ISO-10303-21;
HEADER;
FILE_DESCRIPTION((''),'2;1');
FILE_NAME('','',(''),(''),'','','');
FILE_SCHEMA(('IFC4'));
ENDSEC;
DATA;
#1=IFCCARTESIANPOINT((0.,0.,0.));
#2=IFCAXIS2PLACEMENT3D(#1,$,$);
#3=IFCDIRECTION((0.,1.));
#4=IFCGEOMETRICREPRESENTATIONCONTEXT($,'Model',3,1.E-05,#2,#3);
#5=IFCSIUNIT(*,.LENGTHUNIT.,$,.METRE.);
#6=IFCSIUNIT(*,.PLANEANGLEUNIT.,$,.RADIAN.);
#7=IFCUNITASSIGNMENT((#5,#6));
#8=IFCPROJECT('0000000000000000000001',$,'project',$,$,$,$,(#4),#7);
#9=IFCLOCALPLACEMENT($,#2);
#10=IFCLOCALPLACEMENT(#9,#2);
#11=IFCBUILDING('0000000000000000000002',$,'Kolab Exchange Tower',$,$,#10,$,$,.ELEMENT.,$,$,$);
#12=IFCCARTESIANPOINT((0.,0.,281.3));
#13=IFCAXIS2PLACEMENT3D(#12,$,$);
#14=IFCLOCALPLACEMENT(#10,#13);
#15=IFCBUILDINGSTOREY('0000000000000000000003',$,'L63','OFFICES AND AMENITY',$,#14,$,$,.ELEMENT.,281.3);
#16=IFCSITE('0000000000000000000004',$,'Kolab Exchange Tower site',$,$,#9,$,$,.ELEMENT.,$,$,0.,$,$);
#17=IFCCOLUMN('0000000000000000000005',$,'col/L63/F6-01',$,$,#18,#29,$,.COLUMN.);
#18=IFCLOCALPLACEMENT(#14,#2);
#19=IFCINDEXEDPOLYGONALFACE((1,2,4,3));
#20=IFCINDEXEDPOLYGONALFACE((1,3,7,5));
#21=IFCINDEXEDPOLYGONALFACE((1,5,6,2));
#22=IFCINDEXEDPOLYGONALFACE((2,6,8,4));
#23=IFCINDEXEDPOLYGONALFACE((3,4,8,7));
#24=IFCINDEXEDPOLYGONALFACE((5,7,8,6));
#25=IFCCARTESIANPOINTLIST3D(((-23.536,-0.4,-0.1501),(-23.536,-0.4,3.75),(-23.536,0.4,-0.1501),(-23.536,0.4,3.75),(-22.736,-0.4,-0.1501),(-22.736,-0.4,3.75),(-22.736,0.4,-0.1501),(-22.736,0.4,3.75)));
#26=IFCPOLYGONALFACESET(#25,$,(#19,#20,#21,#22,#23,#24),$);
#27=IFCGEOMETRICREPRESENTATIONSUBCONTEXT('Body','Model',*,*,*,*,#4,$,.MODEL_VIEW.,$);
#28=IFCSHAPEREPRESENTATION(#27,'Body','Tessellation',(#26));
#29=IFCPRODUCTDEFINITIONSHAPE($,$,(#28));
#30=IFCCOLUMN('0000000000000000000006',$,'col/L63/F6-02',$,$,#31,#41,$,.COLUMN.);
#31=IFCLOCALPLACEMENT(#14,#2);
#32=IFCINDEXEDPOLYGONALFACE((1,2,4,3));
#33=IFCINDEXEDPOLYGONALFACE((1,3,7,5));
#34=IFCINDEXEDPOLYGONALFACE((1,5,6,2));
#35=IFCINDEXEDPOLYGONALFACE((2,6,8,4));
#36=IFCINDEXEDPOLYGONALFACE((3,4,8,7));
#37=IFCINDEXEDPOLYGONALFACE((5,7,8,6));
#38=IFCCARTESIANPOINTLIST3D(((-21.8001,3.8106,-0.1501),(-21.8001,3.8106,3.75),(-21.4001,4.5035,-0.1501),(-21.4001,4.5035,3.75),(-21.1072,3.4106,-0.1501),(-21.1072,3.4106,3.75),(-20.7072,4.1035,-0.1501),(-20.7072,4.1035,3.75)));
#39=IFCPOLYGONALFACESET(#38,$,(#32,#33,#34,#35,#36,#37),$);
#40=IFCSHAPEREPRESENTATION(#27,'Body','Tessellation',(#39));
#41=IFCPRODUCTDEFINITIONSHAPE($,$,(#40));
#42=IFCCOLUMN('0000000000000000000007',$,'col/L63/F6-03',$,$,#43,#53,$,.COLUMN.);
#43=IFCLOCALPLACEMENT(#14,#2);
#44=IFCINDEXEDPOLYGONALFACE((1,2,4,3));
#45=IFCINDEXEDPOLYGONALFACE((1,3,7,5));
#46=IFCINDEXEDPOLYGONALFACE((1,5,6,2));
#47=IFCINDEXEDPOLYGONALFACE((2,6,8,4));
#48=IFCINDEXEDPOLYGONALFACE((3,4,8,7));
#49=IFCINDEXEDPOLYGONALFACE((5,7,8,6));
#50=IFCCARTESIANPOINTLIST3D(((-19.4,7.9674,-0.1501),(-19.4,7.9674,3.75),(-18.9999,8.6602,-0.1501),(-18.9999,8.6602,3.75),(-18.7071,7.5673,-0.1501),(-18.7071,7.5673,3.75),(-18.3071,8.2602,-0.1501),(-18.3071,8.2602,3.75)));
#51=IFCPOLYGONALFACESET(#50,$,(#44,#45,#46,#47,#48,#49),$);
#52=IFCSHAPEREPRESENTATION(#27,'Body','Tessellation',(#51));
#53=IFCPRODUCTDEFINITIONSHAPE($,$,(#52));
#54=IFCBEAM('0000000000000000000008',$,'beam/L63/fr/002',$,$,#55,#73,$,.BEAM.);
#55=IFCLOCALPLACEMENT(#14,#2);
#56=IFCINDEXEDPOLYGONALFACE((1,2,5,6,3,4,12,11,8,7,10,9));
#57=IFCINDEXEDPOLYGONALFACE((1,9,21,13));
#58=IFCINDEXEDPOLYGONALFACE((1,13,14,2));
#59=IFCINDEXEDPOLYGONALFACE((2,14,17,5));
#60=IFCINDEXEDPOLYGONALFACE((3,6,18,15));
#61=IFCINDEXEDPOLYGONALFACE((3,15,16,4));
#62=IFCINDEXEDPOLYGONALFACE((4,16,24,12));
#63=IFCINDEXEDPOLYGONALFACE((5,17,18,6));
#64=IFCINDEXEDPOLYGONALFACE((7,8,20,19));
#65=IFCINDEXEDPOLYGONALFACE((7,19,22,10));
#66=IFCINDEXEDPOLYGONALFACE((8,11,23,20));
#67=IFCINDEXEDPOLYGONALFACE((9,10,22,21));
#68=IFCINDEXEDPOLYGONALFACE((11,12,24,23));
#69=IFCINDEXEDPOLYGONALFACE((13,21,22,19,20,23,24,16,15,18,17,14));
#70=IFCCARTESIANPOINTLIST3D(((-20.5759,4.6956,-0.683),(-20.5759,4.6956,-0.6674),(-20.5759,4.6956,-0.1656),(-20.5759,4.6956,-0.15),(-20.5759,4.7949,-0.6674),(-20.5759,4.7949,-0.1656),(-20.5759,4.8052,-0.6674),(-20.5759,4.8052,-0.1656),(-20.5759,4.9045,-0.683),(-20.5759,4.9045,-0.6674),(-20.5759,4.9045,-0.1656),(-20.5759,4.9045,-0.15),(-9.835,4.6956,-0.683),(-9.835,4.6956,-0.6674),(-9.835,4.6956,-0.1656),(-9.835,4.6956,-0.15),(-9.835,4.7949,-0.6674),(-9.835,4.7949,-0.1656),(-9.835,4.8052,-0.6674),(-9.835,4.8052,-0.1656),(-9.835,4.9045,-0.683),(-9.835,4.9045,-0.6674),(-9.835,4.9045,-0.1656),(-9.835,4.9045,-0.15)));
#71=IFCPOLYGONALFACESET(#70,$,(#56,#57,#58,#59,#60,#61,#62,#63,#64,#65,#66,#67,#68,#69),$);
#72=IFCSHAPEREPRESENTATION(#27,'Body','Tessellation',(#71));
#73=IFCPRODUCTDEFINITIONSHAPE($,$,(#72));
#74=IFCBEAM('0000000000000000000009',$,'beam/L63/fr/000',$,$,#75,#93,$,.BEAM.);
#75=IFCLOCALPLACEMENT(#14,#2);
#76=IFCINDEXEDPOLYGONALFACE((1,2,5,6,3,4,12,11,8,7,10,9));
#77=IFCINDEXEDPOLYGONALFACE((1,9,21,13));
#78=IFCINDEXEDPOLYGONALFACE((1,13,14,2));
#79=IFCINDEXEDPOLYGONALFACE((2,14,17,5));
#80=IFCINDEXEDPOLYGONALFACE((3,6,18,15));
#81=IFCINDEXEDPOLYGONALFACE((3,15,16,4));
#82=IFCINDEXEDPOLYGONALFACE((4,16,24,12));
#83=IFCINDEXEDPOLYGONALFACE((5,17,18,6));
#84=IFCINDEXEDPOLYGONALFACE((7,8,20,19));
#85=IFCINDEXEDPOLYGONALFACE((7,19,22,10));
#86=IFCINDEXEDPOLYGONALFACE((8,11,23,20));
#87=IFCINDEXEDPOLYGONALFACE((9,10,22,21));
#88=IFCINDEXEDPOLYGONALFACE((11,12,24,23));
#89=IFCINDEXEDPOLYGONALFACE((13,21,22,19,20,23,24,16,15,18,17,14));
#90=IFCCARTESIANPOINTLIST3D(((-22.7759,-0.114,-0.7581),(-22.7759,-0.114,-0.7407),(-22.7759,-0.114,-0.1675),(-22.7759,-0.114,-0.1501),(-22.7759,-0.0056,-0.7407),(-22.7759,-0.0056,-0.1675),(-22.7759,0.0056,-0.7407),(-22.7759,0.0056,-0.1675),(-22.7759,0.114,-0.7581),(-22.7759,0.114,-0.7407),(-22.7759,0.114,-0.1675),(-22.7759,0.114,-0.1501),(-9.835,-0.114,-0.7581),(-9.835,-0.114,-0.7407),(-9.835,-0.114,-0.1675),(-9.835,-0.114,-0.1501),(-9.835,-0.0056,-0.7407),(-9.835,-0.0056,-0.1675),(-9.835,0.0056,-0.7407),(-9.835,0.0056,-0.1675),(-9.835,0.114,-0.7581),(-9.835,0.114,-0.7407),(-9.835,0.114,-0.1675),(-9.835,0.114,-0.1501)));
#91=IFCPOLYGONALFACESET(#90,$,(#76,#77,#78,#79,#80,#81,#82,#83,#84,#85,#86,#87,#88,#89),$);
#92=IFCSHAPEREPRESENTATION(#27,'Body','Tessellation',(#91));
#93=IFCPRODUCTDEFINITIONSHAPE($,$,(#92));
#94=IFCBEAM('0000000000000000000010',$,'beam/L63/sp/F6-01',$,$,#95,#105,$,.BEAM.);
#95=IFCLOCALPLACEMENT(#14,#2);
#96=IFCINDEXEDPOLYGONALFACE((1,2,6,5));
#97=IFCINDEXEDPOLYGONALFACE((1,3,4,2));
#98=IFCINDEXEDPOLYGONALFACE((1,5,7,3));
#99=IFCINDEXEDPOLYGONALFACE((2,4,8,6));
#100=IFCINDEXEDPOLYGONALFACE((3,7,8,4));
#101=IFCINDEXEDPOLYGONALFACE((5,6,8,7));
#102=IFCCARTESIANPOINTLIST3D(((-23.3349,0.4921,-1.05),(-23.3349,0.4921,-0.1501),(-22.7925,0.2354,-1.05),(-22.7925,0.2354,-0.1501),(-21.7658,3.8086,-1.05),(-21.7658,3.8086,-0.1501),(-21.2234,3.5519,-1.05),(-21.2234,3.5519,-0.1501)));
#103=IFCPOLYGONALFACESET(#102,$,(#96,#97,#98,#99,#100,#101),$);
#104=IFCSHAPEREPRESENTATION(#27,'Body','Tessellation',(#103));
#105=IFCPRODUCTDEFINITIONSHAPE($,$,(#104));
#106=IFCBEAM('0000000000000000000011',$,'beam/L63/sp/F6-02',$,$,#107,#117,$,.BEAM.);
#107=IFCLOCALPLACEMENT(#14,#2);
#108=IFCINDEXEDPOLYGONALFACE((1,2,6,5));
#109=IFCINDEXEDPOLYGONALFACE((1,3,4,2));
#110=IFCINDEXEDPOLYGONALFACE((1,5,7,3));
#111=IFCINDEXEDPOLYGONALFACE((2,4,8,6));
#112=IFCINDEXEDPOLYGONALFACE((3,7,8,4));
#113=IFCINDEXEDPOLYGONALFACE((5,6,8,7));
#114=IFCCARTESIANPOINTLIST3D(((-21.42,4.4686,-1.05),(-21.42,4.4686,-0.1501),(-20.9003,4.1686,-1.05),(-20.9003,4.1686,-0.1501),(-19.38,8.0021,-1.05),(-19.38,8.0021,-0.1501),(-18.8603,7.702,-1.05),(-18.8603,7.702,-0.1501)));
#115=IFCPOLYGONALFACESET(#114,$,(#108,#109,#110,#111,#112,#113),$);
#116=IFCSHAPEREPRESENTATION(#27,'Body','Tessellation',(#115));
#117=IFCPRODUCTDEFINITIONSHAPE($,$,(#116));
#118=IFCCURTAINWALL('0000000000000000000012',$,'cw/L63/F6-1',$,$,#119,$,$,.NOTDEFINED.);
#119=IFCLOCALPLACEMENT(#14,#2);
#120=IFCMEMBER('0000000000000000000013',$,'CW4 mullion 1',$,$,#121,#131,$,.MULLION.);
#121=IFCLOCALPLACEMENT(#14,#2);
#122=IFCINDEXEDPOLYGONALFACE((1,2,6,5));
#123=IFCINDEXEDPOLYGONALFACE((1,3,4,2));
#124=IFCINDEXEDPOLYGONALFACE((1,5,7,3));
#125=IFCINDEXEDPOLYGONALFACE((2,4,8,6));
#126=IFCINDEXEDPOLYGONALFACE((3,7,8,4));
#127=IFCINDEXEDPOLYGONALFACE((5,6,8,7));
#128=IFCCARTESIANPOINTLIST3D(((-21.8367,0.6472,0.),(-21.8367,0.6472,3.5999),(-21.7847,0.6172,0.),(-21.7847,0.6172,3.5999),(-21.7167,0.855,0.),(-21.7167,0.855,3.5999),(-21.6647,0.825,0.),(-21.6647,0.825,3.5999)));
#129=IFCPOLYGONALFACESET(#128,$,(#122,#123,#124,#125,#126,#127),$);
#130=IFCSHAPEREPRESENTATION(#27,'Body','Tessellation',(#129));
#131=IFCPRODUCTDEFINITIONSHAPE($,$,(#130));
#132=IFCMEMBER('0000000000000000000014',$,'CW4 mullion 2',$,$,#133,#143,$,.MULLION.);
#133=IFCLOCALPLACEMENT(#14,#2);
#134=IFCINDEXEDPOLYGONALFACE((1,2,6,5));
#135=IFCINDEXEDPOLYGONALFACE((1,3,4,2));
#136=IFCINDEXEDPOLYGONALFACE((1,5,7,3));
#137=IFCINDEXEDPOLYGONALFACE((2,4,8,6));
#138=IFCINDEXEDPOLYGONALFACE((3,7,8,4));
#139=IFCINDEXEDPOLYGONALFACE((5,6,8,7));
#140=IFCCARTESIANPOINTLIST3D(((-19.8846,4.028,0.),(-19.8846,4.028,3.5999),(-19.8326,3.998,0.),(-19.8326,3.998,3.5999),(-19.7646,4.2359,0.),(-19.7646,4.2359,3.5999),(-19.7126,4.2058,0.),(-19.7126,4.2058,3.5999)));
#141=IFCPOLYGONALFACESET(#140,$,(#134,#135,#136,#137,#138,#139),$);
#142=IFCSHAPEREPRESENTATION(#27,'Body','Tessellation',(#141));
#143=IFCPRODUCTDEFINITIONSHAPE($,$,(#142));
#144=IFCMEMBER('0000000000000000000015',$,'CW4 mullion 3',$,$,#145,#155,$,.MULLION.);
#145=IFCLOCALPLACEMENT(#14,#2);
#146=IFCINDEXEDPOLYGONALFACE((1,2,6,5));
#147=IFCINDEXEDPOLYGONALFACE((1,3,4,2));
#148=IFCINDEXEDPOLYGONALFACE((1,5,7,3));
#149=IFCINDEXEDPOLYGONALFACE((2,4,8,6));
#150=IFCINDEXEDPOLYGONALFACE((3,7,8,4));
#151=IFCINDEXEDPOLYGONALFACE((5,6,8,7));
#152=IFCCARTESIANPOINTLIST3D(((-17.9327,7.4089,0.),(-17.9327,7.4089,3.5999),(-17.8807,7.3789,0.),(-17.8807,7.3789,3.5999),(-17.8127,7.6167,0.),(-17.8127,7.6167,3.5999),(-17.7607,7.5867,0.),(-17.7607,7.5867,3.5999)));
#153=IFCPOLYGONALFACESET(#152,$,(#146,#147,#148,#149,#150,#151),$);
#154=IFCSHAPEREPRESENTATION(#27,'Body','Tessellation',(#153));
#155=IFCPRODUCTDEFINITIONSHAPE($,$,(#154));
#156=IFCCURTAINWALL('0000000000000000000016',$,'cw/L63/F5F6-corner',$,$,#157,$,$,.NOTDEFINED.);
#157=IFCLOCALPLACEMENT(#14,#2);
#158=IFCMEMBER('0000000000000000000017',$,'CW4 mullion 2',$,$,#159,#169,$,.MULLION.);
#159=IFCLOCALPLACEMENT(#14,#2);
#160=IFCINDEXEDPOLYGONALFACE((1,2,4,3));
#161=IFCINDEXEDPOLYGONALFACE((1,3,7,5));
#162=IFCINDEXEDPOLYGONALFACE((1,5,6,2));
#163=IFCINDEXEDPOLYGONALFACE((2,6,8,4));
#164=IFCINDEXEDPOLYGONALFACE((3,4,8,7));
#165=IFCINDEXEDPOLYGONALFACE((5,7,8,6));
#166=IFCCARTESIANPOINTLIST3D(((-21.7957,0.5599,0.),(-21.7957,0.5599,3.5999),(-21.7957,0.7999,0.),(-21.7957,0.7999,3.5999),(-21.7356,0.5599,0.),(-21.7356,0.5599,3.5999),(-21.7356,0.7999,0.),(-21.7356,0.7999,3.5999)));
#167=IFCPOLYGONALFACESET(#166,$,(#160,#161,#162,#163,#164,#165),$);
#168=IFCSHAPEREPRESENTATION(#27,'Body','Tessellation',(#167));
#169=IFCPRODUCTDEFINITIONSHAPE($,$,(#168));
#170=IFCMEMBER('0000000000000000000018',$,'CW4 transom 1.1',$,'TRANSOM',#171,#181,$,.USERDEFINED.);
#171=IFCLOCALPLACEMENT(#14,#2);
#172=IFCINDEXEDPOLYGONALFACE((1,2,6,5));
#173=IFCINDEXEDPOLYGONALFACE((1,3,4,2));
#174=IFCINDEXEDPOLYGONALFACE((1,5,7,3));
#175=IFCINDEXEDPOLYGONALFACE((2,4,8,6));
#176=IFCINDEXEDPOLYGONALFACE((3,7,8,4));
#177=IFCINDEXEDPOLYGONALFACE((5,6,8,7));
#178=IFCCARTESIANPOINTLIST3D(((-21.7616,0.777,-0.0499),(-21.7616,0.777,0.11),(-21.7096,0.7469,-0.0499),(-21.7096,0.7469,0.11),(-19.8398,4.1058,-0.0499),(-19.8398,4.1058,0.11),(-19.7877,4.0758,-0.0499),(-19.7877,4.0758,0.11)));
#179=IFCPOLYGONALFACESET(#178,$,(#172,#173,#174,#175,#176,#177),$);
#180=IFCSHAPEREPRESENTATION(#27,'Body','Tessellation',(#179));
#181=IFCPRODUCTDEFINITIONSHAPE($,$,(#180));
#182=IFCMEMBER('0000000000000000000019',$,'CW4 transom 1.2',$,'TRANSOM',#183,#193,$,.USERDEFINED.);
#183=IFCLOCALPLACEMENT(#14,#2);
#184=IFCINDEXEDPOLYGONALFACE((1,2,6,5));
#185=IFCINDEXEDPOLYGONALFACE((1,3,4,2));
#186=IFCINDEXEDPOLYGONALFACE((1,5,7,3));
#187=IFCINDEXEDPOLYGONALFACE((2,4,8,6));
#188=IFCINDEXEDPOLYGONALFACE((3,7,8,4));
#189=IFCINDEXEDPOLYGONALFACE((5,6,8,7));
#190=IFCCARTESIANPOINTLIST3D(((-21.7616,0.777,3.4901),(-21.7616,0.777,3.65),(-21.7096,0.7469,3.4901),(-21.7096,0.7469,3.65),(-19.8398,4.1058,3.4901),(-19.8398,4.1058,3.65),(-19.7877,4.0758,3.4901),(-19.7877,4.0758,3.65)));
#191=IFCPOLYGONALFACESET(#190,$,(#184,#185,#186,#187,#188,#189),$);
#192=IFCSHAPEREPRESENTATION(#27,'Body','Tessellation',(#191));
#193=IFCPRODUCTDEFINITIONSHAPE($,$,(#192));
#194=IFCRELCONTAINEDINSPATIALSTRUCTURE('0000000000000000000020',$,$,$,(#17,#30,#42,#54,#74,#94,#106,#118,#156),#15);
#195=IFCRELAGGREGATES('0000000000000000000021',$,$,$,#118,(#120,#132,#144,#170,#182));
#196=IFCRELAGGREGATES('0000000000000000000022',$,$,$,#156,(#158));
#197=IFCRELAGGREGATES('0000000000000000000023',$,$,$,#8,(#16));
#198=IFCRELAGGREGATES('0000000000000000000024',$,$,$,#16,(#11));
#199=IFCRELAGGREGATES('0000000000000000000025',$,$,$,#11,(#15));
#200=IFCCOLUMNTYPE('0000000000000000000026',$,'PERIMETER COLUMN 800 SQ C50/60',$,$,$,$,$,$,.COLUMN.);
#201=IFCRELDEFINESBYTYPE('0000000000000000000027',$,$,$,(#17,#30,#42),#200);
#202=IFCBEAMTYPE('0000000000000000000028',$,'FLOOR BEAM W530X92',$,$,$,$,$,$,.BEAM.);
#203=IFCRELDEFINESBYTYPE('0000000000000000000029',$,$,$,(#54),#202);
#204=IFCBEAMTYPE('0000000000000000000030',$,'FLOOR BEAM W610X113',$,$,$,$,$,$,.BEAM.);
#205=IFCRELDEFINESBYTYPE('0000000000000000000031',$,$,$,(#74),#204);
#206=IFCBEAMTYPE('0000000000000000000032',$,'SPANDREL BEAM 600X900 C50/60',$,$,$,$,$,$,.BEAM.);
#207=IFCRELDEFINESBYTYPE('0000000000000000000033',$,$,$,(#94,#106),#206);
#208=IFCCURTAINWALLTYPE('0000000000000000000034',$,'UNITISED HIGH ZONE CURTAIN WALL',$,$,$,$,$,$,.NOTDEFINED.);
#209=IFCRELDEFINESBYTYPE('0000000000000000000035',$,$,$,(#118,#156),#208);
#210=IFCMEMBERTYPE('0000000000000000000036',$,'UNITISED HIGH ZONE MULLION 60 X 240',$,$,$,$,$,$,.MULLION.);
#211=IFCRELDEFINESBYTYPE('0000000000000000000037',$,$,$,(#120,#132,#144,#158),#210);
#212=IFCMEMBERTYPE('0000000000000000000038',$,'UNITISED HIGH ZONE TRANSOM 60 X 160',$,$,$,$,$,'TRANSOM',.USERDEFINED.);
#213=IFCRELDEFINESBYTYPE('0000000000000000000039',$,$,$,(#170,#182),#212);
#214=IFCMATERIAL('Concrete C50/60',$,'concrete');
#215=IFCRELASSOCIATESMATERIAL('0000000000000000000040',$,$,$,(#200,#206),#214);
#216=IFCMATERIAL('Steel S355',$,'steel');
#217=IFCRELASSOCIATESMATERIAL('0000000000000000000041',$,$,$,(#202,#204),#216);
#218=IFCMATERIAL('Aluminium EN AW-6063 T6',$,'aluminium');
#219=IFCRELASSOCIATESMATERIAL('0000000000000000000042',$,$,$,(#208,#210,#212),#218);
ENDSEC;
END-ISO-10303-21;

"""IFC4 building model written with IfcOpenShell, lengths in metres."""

from ifc_helpers import new_model, si_unit, direction, frame, origin, origin_2d, place, context, subcontext, project, spatial, rectangle, i_section, extrude, material, material_profile, profile_set, type_object, element, aggregate, save


model = new_model("IFC4")

# Units and contexts
model_context = context("Model", 3, precision=1e-05, world=origin(), true_north=direction((0.0, 1.0)))
body_context = subcontext(model_context, "Body", "Model", "MODEL_VIEW")
ifc_project = project(units=[si_unit("LENGTHUNIT", "METRE"), si_unit("PLANEANGLEUNIT", "RADIAN")], contexts=[model_context])

# Site, building, storey
site_placement = place(None, origin())
site = spatial("IfcSite", under=ifc_project, at=site_placement, Name="Kolab Exchange Tower site", CompositionType="ELEMENT", RefElevation=0.0)
building_placement = place(site_placement, origin())
building = spatial("IfcBuilding", under=site, at=building_placement, Name="Kolab Exchange Tower", CompositionType="ELEMENT")
storey_placement = place(building_placement, frame((0.0, 0.0, 281.3)))
storey = spatial("IfcBuildingStorey", under=building, at=storey_placement, Name="L63", Description="OFFICES AND AMENITY", CompositionType="ELEMENT", Elevation=281.3)

# Columns
ifc_material_1 = material(Name="Concrete C50/60", Category="concrete")
ifc_material_profile_1 = material_profile(ifc_material_1, rectangle(XDim=0.8, YDim=0.8, at=origin_2d()), Name="RC800")
ifc_profile_set_1 = profile_set([ifc_material_profile_1], Name="Concrete C50/60")
column_type = type_object("IfcColumnType", Name="PERIMETER COLUMN 800 SQ C50/60", PredefinedType="COLUMN", material=ifc_profile_set_1)
for number, where, z_axis, x_axis, name in (
    (1, (-23.136, 0.0, -0.1501), (0.0, 0.0, 1.0), (1.0, 0.0, 0.0), "col/L63/F6-01"),
    (2, (-21.2537, 3.957, -0.1501), (0.0, 0.0, 1.0), (0.5, 0.866025, 0.0), "col/L63/F6-02"),
    (3, (-18.8535, 8.1138, -0.1501), (0.0, 0.0, 1.0), (0.5, 0.866025, 0.0), "col/L63/F6-03"),
):
    element("IfcColumn", number, at=place(storey_placement, frame(where, z_axis=z_axis, x_axis=x_axis)), inside=storey, type_object=column_type, Name=name, PredefinedType="COLUMN", context=body_context, shape_type="SweptSolid", body=[
        extrude(rectangle(XDim=0.8, YDim=0.8, at=origin_2d()), origin(), (0.0, 0.0, 1.0), 3.9001),
    ])

# Beams
ifc_material_2 = material(Name="Steel S355", Category="steel")
ifc_material_profile_2 = material_profile(ifc_material_2, i_section(OverallWidth=0.209, OverallDepth=0.533, WebThickness=0.0103, FlangeThickness=0.0156, at=origin_2d()), Name="W530X92")
ifc_profile_set_2 = profile_set([ifc_material_profile_2], Name="Steel S355")
beam_type_1 = type_object("IfcBeamType", Name="FLOOR BEAM W530X92", PredefinedType="BEAM", material=ifc_profile_set_2)
beam_1_placement = place(storey_placement, frame((-20.5759, 4.8, -0.4165), z_axis=(1.0, 0.0, 0.0), x_axis=(0.0, 1.0, 0.0)))
element("IfcBeam", 4, at=beam_1_placement, inside=storey, type_object=beam_type_1, Name="beam/L63/fr/002", PredefinedType="BEAM", context=body_context, shape_type="SweptSolid", body=[
    extrude(i_section(OverallWidth=0.209, OverallDepth=0.533, WebThickness=0.0103, FlangeThickness=0.0156, at=origin_2d()), origin(), (0.0, 0.0, 1.0), 10.741),
])
ifc_material_profile_3 = material_profile(ifc_material_2, i_section(OverallWidth=0.228, OverallDepth=0.6079, WebThickness=0.0112, FlangeThickness=0.0173, at=origin_2d()), Name="W610X113")
ifc_profile_set_3 = profile_set([ifc_material_profile_3], Name="Steel S355")
beam_type_2 = type_object("IfcBeamType", Name="FLOOR BEAM W610X113", PredefinedType="BEAM", material=ifc_profile_set_3)
beam_2_placement = place(storey_placement, frame((-22.7759, 0.0, -0.4541), z_axis=(1.0, 0.0, 0.0), x_axis=(0.0, 1.0, 0.0)))
element("IfcBeam", 5, at=beam_2_placement, inside=storey, type_object=beam_type_2, Name="beam/L63/fr/000", PredefinedType="BEAM", context=body_context, shape_type="SweptSolid", body=[
    extrude(i_section(OverallWidth=0.228, OverallDepth=0.6079, WebThickness=0.0112, FlangeThickness=0.0173, at=origin_2d()), origin(), (0.0, 0.0, 1.0), 12.9409),
])
ifc_material_profile_4 = material_profile(ifc_material_1, rectangle(XDim=0.6001, YDim=0.8999, at=origin_2d()), Name="RC600X900")
ifc_profile_set_4 = profile_set([ifc_material_profile_4], Name="Concrete C50/60")
beam_type_3 = type_object("IfcBeamType", Name="SPANDREL BEAM 600X900 C50/60", PredefinedType="BEAM", material=ifc_profile_set_4)
beam_3_placement = place(storey_placement, frame((-23.0637, 0.3638, -0.6001), z_axis=(0.427677, 0.903932, 0.0), x_axis=(-0.903932, 0.427677, 0.0)))
element("IfcBeam", 6, at=beam_3_placement, inside=storey, type_object=beam_type_3, Name="beam/L63/sp/F6-01", PredefinedType="BEAM", context=body_context, shape_type="SweptSolid", body=[
    extrude(rectangle(XDim=0.6001, YDim=0.8999, at=origin_2d()), origin(), (0.0, 0.0, 1.0), 3.6689),
])
beam_4_placement = place(storey_placement, frame((-21.1602, 4.3186, -0.6001), z_axis=(0.5, 0.866025, 0.0), x_axis=(-0.866025, 0.5, 0.0)))
element("IfcBeam", 7, at=beam_4_placement, inside=storey, type_object=beam_type_3, Name="beam/L63/sp/F6-02", PredefinedType="BEAM", context=body_context, shape_type="SweptSolid", body=[
    extrude(rectangle(XDim=0.6001, YDim=0.8999, at=origin_2d()), origin(), (0.0, 0.0, 1.0), 4.0801),
])

# Curtain wall, members
ifc_material_3 = material(Name="Aluminium EN AW-6063 T6", Category="aluminium")
curtain_wall_type = type_object("IfcCurtainWallType", Name="UNITISED HIGH ZONE CURTAIN WALL", PredefinedType="NOTDEFINED", material=ifc_material_3)
curtain_wall_1_placement = place(storey_placement, origin())
curtain_wall_1 = element("IfcCurtainWall", 8, at=curtain_wall_1_placement, inside=storey, type_object=curtain_wall_type, Name="cw/L63/F6-1", PredefinedType="NOTDEFINED")
ifc_material_profile_5 = material_profile(ifc_material_3, rectangle(XDim=0.0601, YDim=0.24, at=origin_2d()), Name="RECT 60X240")
ifc_profile_set_5 = profile_set([ifc_material_profile_5], Name="Aluminium EN AW-6063 T6")
member_type_1 = type_object("IfcMemberType", Name="UNITISED HIGH ZONE MULLION 60 X 240", PredefinedType="MULLION", material=ifc_profile_set_5)
member_1_placement = place(storey_placement, frame((-21.7507, 0.7361, 0.0), z_axis=(0.0, 0.0, 1.0), x_axis=(-0.866025, 0.5, 0.0)))
member_1 = element("IfcMember", 9, at=member_1_placement, type_object=member_type_1, Name="CW4 mullion 1", PredefinedType="MULLION", context=body_context, shape_type="SweptSolid", body=[
    extrude(rectangle(XDim=0.0601, YDim=0.24, at=origin_2d()), origin(), (0.0, 0.0, 1.0), 3.5999),
])
member_2_placement = place(storey_placement, frame((-19.7986, 4.1169, 0.0), z_axis=(0.0, 0.0, 1.0), x_axis=(-0.866025, 0.5, 0.0)))
member_2 = element("IfcMember", 10, at=member_2_placement, type_object=member_type_1, Name="CW4 mullion 2", PredefinedType="MULLION", context=body_context, shape_type="SweptSolid", body=[
    extrude(rectangle(XDim=0.0601, YDim=0.24, at=origin_2d()), origin(), (0.0, 0.0, 1.0), 3.5999),
])
member_3_placement = place(storey_placement, frame((-17.8467, 7.4978, 0.0), z_axis=(0.0, 0.0, 1.0), x_axis=(-0.866025, 0.5, 0.0)))
member_3 = element("IfcMember", 11, at=member_3_placement, type_object=member_type_1, Name="CW4 mullion 3", PredefinedType="MULLION", context=body_context, shape_type="SweptSolid", body=[
    extrude(rectangle(XDim=0.0601, YDim=0.24, at=origin_2d()), origin(), (0.0, 0.0, 1.0), 3.5999),
])

# Curtain wall, member
curtain_wall_2_placement = place(storey_placement, origin())
curtain_wall_2 = element("IfcCurtainWall", 12, at=curtain_wall_2_placement, inside=storey, type_object=curtain_wall_type, Name="cw/L63/F5F6-corner", PredefinedType="NOTDEFINED")
member_4_placement = place(storey_placement, frame((-21.7656, 0.6799, 0.0), z_axis=(0.0, 0.0, 1.0), x_axis=(-1.0, 0.0, 0.0)))
member_4 = element("IfcMember", 13, at=member_4_placement, type_object=member_type_1, Name="CW4 mullion 2", PredefinedType="MULLION", context=body_context, shape_type="SweptSolid", body=[
    extrude(rectangle(XDim=0.0601, YDim=0.24, at=origin_2d()), origin(), (0.0, 0.0, 1.0), 3.5999),
])

# Members
ifc_material_profile_6 = material_profile(ifc_material_3, rectangle(XDim=0.0601, YDim=0.1599, at=origin_2d()), Name="RECT 60X160")
ifc_profile_set_6 = profile_set([ifc_material_profile_6], Name="Aluminium EN AW-6063 T6")
member_type_2 = type_object("IfcMemberType", Name="UNITISED HIGH ZONE TRANSOM 60 X 160", ElementType="TRANSOM", PredefinedType="USERDEFINED", material=ifc_profile_set_6)
member_5_placement = place(storey_placement, frame((-21.7356, 0.762, 0.03), z_axis=(0.499992, 0.86603, 0.0), x_axis=(-0.86603, 0.499992, 0.0)))
member_5 = element("IfcMember", 14, at=member_5_placement, type_object=member_type_2, Name="CW4 transom 1.1", ObjectType="TRANSOM", PredefinedType="USERDEFINED", context=body_context, shape_type="SweptSolid", body=[
    extrude(rectangle(XDim=0.0601, YDim=0.1599, at=origin_2d()), origin(), (0.0, 0.0, 1.0), 3.8438),
])
member_6_placement = place(storey_placement, frame((-21.7356, 0.762, 3.5701), z_axis=(0.499992, 0.86603, 0.0), x_axis=(-0.86603, 0.499992, 0.0)))
member_6 = element("IfcMember", 15, at=member_6_placement, type_object=member_type_2, Name="CW4 transom 1.2", ObjectType="TRANSOM", PredefinedType="USERDEFINED", context=body_context, shape_type="SweptSolid", body=[
    extrude(rectangle(XDim=0.0601, YDim=0.1599, at=origin_2d()), origin(), (0.0, 0.0, 1.0), 3.8438),
])

aggregate(curtain_wall_1, [member_1, member_2, member_3, member_5, member_6])
aggregate(curtain_wall_2, [member_4])

save(model, "model.ifc")
